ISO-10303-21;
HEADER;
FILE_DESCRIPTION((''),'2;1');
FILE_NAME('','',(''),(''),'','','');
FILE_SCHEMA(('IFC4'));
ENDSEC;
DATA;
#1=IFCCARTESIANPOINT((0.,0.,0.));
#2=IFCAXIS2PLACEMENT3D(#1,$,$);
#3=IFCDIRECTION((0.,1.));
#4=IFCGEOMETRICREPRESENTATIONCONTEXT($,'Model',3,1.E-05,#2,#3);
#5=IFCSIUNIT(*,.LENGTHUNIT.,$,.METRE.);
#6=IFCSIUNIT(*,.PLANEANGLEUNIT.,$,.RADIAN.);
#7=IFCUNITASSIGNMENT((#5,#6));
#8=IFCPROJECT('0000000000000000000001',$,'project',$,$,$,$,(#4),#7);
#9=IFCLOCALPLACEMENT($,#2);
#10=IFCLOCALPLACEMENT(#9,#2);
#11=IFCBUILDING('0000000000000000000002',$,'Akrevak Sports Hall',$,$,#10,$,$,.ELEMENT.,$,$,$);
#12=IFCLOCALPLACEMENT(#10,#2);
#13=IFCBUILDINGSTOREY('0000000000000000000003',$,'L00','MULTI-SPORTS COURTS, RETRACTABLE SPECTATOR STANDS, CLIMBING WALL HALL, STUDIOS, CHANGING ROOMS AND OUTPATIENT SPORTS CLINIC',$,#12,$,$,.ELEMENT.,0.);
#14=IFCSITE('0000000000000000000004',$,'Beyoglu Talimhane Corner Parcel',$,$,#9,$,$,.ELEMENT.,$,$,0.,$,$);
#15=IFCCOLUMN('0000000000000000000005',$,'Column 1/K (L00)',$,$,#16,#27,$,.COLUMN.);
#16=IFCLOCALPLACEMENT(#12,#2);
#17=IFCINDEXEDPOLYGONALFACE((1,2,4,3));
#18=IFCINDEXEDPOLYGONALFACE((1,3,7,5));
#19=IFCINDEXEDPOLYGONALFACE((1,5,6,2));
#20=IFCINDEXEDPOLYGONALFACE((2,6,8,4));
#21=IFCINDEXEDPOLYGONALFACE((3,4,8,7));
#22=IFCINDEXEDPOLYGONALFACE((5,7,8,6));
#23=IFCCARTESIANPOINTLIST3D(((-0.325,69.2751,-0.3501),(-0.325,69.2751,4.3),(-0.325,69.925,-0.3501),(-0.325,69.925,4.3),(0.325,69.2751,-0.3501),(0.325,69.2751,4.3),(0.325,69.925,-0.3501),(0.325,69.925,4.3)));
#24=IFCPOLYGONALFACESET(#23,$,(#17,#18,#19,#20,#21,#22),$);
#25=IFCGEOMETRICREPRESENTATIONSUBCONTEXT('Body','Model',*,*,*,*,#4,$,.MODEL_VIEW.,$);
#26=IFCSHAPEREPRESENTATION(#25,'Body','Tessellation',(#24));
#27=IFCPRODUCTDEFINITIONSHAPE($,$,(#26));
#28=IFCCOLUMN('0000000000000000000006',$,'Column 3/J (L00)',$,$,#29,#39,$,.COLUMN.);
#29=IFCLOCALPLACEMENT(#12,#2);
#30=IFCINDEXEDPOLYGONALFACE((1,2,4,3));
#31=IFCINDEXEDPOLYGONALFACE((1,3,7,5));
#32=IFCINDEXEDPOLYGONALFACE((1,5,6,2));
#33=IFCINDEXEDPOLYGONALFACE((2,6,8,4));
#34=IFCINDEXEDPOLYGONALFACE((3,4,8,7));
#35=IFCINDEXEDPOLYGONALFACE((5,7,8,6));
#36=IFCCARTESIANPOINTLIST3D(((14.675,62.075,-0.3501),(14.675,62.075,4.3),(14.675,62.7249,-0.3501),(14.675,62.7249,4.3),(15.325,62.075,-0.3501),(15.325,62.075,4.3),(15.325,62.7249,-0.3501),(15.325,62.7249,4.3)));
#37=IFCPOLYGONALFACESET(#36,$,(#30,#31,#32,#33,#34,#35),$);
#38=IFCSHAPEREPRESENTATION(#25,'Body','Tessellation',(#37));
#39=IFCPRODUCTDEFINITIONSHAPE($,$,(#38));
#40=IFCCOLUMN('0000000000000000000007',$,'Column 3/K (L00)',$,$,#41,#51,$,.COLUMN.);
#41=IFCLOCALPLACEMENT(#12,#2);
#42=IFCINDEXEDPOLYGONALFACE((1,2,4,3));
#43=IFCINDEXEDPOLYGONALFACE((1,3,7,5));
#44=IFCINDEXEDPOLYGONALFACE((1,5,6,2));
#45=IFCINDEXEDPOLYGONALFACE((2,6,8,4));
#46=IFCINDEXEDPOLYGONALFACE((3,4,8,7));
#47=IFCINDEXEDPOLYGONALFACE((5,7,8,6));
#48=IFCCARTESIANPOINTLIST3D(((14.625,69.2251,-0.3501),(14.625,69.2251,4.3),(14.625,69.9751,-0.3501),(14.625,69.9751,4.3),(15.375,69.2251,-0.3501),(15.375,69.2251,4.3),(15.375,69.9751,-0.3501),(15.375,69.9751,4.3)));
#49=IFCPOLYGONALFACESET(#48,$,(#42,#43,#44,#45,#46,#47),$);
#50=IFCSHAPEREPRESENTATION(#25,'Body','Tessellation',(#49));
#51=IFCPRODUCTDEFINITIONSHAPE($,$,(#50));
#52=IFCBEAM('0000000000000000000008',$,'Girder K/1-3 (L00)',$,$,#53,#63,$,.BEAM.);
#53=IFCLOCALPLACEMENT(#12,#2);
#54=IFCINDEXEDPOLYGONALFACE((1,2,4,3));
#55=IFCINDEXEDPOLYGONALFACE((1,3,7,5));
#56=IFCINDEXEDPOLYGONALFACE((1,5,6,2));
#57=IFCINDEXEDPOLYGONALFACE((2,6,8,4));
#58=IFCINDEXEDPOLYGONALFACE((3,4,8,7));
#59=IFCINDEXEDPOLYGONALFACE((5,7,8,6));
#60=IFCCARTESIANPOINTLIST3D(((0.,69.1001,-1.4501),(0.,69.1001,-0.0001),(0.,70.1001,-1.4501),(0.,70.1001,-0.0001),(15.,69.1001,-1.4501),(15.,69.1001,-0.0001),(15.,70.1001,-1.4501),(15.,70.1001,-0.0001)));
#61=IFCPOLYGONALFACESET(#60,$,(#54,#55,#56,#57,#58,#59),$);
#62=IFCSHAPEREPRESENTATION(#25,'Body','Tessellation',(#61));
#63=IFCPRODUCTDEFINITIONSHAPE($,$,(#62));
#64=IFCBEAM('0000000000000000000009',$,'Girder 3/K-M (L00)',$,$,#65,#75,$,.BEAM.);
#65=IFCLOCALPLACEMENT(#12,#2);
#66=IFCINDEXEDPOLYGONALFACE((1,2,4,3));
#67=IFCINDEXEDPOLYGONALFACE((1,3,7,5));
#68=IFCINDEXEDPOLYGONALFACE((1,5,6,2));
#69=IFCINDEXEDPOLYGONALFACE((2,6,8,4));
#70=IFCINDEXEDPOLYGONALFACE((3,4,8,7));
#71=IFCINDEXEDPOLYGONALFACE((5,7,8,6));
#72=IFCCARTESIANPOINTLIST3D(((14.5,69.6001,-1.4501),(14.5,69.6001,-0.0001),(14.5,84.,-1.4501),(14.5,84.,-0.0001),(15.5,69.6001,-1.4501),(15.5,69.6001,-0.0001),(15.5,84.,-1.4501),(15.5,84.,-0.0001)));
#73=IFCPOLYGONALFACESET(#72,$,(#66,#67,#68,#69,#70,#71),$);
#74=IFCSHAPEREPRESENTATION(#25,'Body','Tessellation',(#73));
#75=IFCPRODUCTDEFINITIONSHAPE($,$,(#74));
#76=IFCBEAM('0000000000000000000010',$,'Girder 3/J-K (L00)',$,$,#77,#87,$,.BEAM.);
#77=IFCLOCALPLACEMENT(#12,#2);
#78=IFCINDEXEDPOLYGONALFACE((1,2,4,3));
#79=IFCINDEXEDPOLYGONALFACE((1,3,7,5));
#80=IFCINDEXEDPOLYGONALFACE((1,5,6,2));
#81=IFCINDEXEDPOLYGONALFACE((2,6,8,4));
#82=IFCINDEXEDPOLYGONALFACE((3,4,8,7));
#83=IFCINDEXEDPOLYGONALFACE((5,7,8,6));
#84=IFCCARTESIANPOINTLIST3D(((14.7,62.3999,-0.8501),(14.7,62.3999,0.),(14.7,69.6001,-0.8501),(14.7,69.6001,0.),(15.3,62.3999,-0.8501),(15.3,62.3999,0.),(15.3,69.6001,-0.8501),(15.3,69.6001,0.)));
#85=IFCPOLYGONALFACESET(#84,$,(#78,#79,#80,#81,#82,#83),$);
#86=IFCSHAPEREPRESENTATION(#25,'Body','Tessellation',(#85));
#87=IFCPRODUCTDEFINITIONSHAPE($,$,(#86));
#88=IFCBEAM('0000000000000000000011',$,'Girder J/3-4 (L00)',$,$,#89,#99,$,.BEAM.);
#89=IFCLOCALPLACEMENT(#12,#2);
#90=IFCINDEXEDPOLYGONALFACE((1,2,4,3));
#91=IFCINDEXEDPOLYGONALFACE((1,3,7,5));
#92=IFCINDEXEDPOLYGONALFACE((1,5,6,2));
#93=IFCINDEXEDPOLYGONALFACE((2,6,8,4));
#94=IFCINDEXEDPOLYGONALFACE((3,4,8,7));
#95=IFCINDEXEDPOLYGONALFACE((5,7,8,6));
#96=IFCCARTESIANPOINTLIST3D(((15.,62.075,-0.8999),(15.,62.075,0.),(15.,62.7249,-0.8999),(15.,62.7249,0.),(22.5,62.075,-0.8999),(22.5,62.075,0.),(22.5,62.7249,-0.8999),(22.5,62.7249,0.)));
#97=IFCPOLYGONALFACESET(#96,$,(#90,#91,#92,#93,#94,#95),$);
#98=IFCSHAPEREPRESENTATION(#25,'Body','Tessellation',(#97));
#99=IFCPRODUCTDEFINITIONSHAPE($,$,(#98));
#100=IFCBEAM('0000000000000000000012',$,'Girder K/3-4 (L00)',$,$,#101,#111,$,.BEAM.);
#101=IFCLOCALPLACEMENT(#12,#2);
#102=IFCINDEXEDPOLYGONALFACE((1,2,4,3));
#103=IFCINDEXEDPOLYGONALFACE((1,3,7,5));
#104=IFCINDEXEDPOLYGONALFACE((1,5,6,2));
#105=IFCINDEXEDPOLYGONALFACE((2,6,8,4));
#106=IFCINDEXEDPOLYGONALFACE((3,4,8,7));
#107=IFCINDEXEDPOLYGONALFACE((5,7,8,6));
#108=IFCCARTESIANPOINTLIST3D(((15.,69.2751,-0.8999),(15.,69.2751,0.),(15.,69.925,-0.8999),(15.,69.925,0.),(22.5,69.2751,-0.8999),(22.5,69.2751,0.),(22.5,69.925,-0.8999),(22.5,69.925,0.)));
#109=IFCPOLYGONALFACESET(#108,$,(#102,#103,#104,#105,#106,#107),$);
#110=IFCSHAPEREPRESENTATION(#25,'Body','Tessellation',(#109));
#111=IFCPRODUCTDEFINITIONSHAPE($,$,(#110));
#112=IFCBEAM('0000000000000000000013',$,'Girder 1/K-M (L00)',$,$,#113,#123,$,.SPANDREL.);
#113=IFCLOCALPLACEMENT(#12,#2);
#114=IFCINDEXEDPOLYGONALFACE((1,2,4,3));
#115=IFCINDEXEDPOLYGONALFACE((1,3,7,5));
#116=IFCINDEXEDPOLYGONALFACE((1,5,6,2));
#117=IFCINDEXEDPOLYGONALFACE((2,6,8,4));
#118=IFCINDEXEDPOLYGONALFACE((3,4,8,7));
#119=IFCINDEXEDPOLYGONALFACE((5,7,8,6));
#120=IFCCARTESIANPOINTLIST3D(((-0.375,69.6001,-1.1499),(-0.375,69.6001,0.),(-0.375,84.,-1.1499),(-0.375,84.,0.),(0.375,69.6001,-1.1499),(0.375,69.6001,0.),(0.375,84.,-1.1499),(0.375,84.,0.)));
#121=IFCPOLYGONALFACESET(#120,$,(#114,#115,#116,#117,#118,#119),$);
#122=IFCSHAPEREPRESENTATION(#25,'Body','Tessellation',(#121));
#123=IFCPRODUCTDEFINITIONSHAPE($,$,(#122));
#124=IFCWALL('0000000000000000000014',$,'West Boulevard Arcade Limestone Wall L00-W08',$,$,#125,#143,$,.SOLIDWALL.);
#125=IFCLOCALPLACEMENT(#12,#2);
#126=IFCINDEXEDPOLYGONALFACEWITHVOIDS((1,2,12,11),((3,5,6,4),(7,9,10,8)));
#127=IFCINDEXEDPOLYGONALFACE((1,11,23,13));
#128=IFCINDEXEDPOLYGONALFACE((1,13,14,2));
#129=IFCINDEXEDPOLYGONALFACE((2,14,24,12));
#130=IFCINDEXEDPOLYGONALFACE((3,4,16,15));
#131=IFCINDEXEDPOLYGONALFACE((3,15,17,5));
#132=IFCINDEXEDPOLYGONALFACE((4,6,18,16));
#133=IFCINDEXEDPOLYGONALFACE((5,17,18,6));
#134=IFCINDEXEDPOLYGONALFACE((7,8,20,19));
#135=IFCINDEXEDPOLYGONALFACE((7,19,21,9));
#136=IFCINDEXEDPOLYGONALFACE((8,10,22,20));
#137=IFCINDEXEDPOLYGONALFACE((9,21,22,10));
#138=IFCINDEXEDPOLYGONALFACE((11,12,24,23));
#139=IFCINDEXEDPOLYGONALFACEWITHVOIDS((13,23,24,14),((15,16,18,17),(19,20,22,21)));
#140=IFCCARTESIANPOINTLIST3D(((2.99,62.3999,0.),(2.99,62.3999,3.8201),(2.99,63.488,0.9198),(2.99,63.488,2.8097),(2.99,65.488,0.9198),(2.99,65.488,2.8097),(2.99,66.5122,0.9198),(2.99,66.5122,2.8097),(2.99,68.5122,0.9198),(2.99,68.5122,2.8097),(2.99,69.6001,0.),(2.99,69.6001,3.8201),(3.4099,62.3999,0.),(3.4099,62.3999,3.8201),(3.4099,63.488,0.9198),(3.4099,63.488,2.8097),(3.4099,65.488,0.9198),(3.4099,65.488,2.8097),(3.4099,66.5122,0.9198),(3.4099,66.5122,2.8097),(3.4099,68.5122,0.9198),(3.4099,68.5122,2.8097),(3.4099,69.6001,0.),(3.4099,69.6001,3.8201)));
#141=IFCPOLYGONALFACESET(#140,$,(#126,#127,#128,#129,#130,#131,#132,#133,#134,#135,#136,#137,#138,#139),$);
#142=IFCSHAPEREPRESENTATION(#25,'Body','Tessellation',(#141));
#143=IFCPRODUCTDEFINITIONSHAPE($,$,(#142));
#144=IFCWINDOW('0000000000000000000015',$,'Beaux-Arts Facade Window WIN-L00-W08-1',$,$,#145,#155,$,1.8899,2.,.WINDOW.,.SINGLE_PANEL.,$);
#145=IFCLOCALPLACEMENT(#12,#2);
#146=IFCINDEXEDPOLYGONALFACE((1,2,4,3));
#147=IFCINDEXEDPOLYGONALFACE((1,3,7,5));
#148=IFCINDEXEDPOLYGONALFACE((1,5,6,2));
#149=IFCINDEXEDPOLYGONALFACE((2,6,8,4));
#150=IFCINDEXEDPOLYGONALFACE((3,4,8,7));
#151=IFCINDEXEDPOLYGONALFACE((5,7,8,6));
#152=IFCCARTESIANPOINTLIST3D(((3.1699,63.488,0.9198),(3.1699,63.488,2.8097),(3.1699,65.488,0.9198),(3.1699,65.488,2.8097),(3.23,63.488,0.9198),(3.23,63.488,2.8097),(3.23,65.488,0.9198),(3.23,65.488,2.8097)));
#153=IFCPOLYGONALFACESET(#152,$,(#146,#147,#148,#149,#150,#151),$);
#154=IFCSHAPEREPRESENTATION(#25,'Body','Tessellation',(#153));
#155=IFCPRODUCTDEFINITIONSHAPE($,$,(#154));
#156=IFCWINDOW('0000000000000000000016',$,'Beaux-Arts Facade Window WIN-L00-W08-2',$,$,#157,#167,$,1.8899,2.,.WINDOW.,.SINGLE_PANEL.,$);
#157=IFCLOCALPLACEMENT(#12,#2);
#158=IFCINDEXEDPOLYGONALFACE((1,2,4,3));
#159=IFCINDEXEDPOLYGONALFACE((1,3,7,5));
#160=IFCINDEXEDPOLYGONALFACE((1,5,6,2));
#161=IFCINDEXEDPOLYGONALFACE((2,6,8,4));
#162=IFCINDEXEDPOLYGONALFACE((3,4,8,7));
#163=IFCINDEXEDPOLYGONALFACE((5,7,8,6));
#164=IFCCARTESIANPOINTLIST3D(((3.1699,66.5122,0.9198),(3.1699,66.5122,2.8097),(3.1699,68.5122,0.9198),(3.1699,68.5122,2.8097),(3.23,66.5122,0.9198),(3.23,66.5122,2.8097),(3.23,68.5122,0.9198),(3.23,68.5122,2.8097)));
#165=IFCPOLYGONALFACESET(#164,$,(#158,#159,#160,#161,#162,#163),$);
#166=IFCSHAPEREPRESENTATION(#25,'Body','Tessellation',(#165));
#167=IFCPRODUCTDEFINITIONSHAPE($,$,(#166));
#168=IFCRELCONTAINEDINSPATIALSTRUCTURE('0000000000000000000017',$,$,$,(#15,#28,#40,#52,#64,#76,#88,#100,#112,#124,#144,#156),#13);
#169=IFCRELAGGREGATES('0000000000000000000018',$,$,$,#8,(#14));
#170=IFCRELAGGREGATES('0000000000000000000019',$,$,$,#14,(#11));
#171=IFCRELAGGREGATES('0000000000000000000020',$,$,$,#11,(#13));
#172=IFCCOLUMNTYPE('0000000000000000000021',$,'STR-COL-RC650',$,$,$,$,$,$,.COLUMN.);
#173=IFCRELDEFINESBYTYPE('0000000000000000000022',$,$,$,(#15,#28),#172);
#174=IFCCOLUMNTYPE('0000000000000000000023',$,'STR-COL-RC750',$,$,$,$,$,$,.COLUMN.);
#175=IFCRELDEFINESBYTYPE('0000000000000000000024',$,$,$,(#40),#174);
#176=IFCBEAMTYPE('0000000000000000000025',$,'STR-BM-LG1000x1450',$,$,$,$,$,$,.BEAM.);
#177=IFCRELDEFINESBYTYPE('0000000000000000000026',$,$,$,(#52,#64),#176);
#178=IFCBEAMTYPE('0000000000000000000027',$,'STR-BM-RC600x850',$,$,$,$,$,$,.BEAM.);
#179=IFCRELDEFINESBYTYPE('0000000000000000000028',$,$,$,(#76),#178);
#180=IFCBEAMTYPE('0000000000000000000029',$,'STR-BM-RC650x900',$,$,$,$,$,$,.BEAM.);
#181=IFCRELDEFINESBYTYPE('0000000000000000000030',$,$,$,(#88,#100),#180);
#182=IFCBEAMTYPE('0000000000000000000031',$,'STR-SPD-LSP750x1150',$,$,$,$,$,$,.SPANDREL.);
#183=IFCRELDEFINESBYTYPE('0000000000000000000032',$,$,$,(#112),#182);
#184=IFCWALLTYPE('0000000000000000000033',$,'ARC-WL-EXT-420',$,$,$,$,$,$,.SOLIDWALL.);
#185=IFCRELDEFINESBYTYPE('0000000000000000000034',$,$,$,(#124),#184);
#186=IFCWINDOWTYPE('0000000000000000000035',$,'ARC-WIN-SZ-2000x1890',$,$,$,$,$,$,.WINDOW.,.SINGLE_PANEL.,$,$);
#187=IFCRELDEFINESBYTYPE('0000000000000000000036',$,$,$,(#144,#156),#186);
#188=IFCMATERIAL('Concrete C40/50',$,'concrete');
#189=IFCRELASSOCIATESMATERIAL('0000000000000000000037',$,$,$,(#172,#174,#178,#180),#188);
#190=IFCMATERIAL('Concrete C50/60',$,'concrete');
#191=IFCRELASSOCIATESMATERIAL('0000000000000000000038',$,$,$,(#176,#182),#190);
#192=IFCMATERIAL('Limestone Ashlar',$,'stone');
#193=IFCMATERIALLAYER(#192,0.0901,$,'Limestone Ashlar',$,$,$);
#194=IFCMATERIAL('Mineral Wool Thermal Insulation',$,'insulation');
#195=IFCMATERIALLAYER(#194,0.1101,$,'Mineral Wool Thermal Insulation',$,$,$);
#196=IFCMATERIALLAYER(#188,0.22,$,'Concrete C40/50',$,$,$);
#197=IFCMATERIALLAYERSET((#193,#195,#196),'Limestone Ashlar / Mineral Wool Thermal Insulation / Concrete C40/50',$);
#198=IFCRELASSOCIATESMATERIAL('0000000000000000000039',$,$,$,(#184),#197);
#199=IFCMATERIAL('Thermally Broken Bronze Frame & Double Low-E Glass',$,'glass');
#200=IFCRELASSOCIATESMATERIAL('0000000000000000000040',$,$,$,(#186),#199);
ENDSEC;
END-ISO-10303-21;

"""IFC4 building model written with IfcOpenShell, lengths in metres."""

from ifc_helpers import new_model, si_unit, direction, frame, frame_2d, origin, origin_2d, place, context, subcontext, project, spatial, rectangle, extrude, material, layer, layer_set, material_profile, profile_set, type_object, element, fill, save


model = new_model("IFC4")

# Units and contexts
model_context = context("Model", 3, precision=1e-05, world=origin(), true_north=direction((0.0, 1.0)))
body_context = subcontext(model_context, "Body", "Model", "MODEL_VIEW")
ifc_project = project(units=[si_unit("LENGTHUNIT", "METRE"), si_unit("PLANEANGLEUNIT", "RADIAN")], contexts=[model_context])

# Site, building, storey
site_placement = place(None, origin())
site = spatial("IfcSite", under=ifc_project, at=site_placement, Name="Beyoglu Talimhane Corner Parcel", CompositionType="ELEMENT", RefElevation=0.0)
building_placement = place(site_placement, origin())
building = spatial("IfcBuilding", under=site, at=building_placement, Name="Akrevak Sports Hall", CompositionType="ELEMENT")
storey_placement = place(building_placement, origin())
storey = spatial("IfcBuildingStorey", under=building, at=storey_placement, Name="L00", Description="MULTI-SPORTS COURTS, RETRACTABLE SPECTATOR STANDS, CLIMBING WALL HALL, STUDIOS, CHANGING ROOMS AND OUTPATIENT SPORTS CLINIC", CompositionType="ELEMENT", Elevation=0.0)

# Columns
ifc_material_1 = material(Name="Concrete C40/50", Category="concrete")
ifc_material_profile_1 = material_profile(ifc_material_1, rectangle(XDim=0.6499, YDim=0.6499, at=origin_2d()), Name="RC 650x650", Category="concrete")
ifc_profile_set_1 = profile_set([ifc_material_profile_1], Name="Concrete C40/50")
column_type_1 = type_object("IfcColumnType", Name="STR-COL-RC650", PredefinedType="COLUMN", material=ifc_profile_set_1)
for number, where, z_axis, x_axis, name in (
    (1, (0.0, 69.6001, -0.3501), (0.0, 0.0, 1.0), (1.0, 0.0, 0.0), "Column 1/K (L00)"),
    (2, (15.0, 62.3999, -0.3501), (0.0, 0.0, 1.0), (1.0, 0.0, 0.0), "Column 3/J (L00)"),
):
    element("IfcColumn", number, at=place(storey_placement, frame(where, z_axis=z_axis, x_axis=x_axis)), inside=storey, type_object=column_type_1, Name=name, PredefinedType="COLUMN", context=body_context, shape_type="SweptSolid", body=[
        extrude(rectangle(XDim=0.6499, YDim=0.6499, at=origin_2d()), origin(), (0.0, 0.0, 1.0), 4.6501),
    ])
ifc_material_profile_2 = material_profile(ifc_material_1, rectangle(XDim=0.75, YDim=0.75, at=origin_2d()), Name="RC 750x750", Category="concrete")
ifc_profile_set_2 = profile_set([ifc_material_profile_2], Name="Concrete C40/50")
column_type_2 = type_object("IfcColumnType", Name="STR-COL-RC750", PredefinedType="COLUMN", material=ifc_profile_set_2)
column_placement = place(storey_placement, frame((15.0, 69.6001, -0.3501), z_axis=(0.0, 0.0, 1.0), x_axis=(1.0, 0.0, 0.0)))
element("IfcColumn", 3, at=column_placement, inside=storey, type_object=column_type_2, Name="Column 3/K (L00)", PredefinedType="COLUMN", context=body_context, shape_type="SweptSolid", body=[
    extrude(rectangle(XDim=0.75, YDim=0.75, at=origin_2d()), origin(), (0.0, 0.0, 1.0), 4.6501),
])

# Beams
ifc_material_2 = material(Name="Concrete C50/60", Category="concrete")
ifc_material_profile_3 = material_profile(ifc_material_2, rectangle(XDim=1.0, YDim=1.45, at=origin_2d()), Name="BM 1000x1450", Category="concrete")
ifc_profile_set_3 = profile_set([ifc_material_profile_3], Name="Concrete C50/60")
beam_type_1 = type_object("IfcBeamType", Name="STR-BM-LG1000x1450", PredefinedType="BEAM", material=ifc_profile_set_3)
beam_1_placement = place(storey_placement, frame((0.0, 69.6001, -0.7251), z_axis=(1.0, 0.0, 0.0), x_axis=(0.0, 1.0, 0.0)))
element("IfcBeam", 4, at=beam_1_placement, inside=storey, type_object=beam_type_1, Name="Girder K/1-3 (L00)", PredefinedType="BEAM", context=body_context, shape_type="SweptSolid", body=[
    extrude(rectangle(XDim=1.0, YDim=1.45, at=origin_2d()), origin(), (0.0, 0.0, 1.0), 15.0),
])
beam_2_placement = place(storey_placement, frame((15.0, 69.6001, -0.7251), z_axis=(0.0, 1.0, 0.0), x_axis=(-1.0, 0.0, 0.0)))
element("IfcBeam", 5, at=beam_2_placement, inside=storey, type_object=beam_type_1, Name="Girder 3/K-M (L00)", PredefinedType="BEAM", context=body_context, shape_type="SweptSolid", body=[
    extrude(rectangle(XDim=1.0, YDim=1.45, at=origin_2d()), origin(), (0.0, 0.0, 1.0), 14.3999),
])
ifc_material_profile_4 = material_profile(ifc_material_1, rectangle(XDim=0.6001, YDim=0.8501, at=origin_2d()), Name="BM 600x850", Category="concrete")
ifc_profile_set_4 = profile_set([ifc_material_profile_4], Name="Concrete C40/50")
beam_type_2 = type_object("IfcBeamType", Name="STR-BM-RC600x850", PredefinedType="BEAM", material=ifc_profile_set_4)
beam_3_placement = place(storey_placement, frame((15.0, 62.3999, -0.425), z_axis=(0.0, 1.0, 0.0), x_axis=(-1.0, 0.0, 0.0)))
element("IfcBeam", 6, at=beam_3_placement, inside=storey, type_object=beam_type_2, Name="Girder 3/J-K (L00)", PredefinedType="BEAM", context=body_context, shape_type="SweptSolid", body=[
    extrude(rectangle(XDim=0.6001, YDim=0.8501, at=origin_2d()), origin(), (0.0, 0.0, 1.0), 7.2002),
])
ifc_material_profile_5 = material_profile(ifc_material_1, rectangle(XDim=0.6499, YDim=0.8999, at=origin_2d()), Name="BM 650x900", Category="concrete")
ifc_profile_set_5 = profile_set([ifc_material_profile_5], Name="Concrete C40/50")
beam_type_3 = type_object("IfcBeamType", Name="STR-BM-RC650x900", PredefinedType="BEAM", material=ifc_profile_set_5)
for number, where, z_axis, x_axis, name in (
    (7, (15.0, 62.3999, -0.45), (1.0, 0.0, 0.0), (0.0, 1.0, 0.0), "Girder J/3-4 (L00)"),
    (8, (15.0, 69.6001, -0.45), (1.0, 0.0, 0.0), (0.0, 1.0, 0.0), "Girder K/3-4 (L00)"),
):
    element("IfcBeam", number, at=place(storey_placement, frame(where, z_axis=z_axis, x_axis=x_axis)), inside=storey, type_object=beam_type_3, Name=name, PredefinedType="BEAM", context=body_context, shape_type="SweptSolid", body=[
        extrude(rectangle(XDim=0.6499, YDim=0.8999, at=origin_2d()), origin(), (0.0, 0.0, 1.0), 7.5),
    ])
ifc_material_profile_6 = material_profile(ifc_material_2, rectangle(XDim=0.75, YDim=1.1499, at=origin_2d()), Name="SPD 750x1150", Category="concrete")
ifc_profile_set_6 = profile_set([ifc_material_profile_6], Name="Concrete C50/60")
beam_type_4 = type_object("IfcBeamType", Name="STR-SPD-LSP750x1150", PredefinedType="SPANDREL", material=ifc_profile_set_6)
beam_4_placement = place(storey_placement, frame((0.0, 69.6001, -0.575), z_axis=(0.0, 1.0, 0.0), x_axis=(-1.0, 0.0, 0.0)))
element("IfcBeam", 9, at=beam_4_placement, inside=storey, type_object=beam_type_4, Name="Girder 1/K-M (L00)", PredefinedType="SPANDREL", context=body_context, shape_type="SweptSolid", body=[
    extrude(rectangle(XDim=0.75, YDim=1.1499, at=origin_2d()), origin(), (0.0, 0.0, 1.0), 14.3999),
])

# Wall, openings, windows
ifc_material_3 = material(Name="Limestone Ashlar", Category="stone")
ifc_layer_1 = layer(ifc_material_3, 0.0901, Name="Limestone Ashlar")
ifc_material_4 = material(Name="Mineral Wool Thermal Insulation", Category="insulation")
ifc_layer_2 = layer(ifc_material_4, 0.1101, Name="Mineral Wool Thermal Insulation")
ifc_layer_3 = layer(ifc_material_1, 0.22, Name="Concrete C40/50")
ifc_layer_set_1 = layer_set([ifc_layer_1, ifc_layer_2, ifc_layer_3], Name="Limestone Ashlar / Mineral Wool Thermal Insulation / Concrete C40/50")
wall_type_1 = type_object("IfcWallType", Name="ARC-WL-EXT-420", PredefinedType="SOLIDWALL", material=ifc_layer_set_1)
wall_1_placement = place(storey_placement, frame((3.2, 69.6001, 0.0), z_axis=(0.0, 0.0, 1.0), x_axis=(0.0, -1.0, 0.0)))
wall_1 = element("IfcWall", 10, at=wall_1_placement, inside=storey, type_object=wall_type_1, Name="West Boulevard Arcade Limestone Wall L00-W08", PredefinedType="SOLIDWALL", context=body_context, shape_type="SweptSolid", body=[
    extrude(rectangle(XDim=7.2002, YDim=0.4199, at=frame_2d((3.6001, 0.0))), origin(), (0.0, 0.0, 1.0), 3.8201),
])
opening_1_placement = place(wall_1_placement, frame((4.1121, 0.0, 0.9199)))
opening_1 = element("IfcOpeningElement", 11, at=opening_1_placement, cuts=wall_1, PredefinedType="OPENING", context=body_context, shape_type="SweptSolid", body=[
    extrude(rectangle(XDim=2.0, YDim=1.8899, at=frame_2d((1.0, 0.9448))), frame((0.0, 0.2219, 0.0), z_axis=(0.0, -1.0, 0.0), x_axis=(1.0, 0.0, 0.0)), (0.0, 0.0, 1.0), 0.4438),
])
opening_2_placement = place(wall_1_placement, frame((1.0879, 0.0, 0.9199)))
opening_2 = element("IfcOpeningElement", 12, at=opening_2_placement, cuts=wall_1, PredefinedType="OPENING", context=body_context, shape_type="SweptSolid", body=[
    extrude(rectangle(XDim=2.0, YDim=1.8899, at=frame_2d((1.0, 0.9448))), frame((0.0, 0.2219, 0.0), z_axis=(0.0, -1.0, 0.0), x_axis=(1.0, 0.0, 0.0)), (0.0, 0.0, 1.0), 0.4438),
])
ifc_material_5 = material(Name="Thermally Broken Bronze Frame & Double Low-E Glass", Category="glass")
window_type = type_object("IfcWindowType", Name="ARC-WIN-SZ-2000x1890", PartitioningType="SINGLE_PANEL", PredefinedType="WINDOW", material=ifc_material_5)
window_1_placement = place(opening_1_placement, origin())
window_1 = element("IfcWindow", 13, at=window_1_placement, inside=storey, type_object=window_type, Name="Beaux-Arts Facade Window WIN-L00-W08-1", OverallHeight=1.8899, OverallWidth=2.0, PartitioningType="SINGLE_PANEL", PredefinedType="WINDOW", context=body_context, shape_type="SweptSolid", body=[
    extrude(rectangle(XDim=2.0, YDim=1.8899, at=frame_2d((1.0, 0.9448))), frame((0.0, 0.03, 0.0), z_axis=(0.0, -1.0, 0.0), x_axis=(1.0, 0.0, 0.0)), (0.0, 0.0, 1.0), 0.0601),
])
fill(opening_1, window_1)
window_2_placement = place(opening_2_placement, origin())
window_2 = element("IfcWindow", 14, at=window_2_placement, inside=storey, type_object=window_type, Name="Beaux-Arts Facade Window WIN-L00-W08-2", OverallHeight=1.8899, OverallWidth=2.0, PartitioningType="SINGLE_PANEL", PredefinedType="WINDOW", context=body_context, shape_type="SweptSolid", body=[
    extrude(rectangle(XDim=2.0, YDim=1.8899, at=frame_2d((1.0, 0.9448))), frame((0.0, 0.03, 0.0), z_axis=(0.0, -1.0, 0.0), x_axis=(1.0, 0.0, 0.0)), (0.0, 0.0, 1.0), 0.0601),
])
fill(opening_2, window_2)

save(model, "model.ifc")
